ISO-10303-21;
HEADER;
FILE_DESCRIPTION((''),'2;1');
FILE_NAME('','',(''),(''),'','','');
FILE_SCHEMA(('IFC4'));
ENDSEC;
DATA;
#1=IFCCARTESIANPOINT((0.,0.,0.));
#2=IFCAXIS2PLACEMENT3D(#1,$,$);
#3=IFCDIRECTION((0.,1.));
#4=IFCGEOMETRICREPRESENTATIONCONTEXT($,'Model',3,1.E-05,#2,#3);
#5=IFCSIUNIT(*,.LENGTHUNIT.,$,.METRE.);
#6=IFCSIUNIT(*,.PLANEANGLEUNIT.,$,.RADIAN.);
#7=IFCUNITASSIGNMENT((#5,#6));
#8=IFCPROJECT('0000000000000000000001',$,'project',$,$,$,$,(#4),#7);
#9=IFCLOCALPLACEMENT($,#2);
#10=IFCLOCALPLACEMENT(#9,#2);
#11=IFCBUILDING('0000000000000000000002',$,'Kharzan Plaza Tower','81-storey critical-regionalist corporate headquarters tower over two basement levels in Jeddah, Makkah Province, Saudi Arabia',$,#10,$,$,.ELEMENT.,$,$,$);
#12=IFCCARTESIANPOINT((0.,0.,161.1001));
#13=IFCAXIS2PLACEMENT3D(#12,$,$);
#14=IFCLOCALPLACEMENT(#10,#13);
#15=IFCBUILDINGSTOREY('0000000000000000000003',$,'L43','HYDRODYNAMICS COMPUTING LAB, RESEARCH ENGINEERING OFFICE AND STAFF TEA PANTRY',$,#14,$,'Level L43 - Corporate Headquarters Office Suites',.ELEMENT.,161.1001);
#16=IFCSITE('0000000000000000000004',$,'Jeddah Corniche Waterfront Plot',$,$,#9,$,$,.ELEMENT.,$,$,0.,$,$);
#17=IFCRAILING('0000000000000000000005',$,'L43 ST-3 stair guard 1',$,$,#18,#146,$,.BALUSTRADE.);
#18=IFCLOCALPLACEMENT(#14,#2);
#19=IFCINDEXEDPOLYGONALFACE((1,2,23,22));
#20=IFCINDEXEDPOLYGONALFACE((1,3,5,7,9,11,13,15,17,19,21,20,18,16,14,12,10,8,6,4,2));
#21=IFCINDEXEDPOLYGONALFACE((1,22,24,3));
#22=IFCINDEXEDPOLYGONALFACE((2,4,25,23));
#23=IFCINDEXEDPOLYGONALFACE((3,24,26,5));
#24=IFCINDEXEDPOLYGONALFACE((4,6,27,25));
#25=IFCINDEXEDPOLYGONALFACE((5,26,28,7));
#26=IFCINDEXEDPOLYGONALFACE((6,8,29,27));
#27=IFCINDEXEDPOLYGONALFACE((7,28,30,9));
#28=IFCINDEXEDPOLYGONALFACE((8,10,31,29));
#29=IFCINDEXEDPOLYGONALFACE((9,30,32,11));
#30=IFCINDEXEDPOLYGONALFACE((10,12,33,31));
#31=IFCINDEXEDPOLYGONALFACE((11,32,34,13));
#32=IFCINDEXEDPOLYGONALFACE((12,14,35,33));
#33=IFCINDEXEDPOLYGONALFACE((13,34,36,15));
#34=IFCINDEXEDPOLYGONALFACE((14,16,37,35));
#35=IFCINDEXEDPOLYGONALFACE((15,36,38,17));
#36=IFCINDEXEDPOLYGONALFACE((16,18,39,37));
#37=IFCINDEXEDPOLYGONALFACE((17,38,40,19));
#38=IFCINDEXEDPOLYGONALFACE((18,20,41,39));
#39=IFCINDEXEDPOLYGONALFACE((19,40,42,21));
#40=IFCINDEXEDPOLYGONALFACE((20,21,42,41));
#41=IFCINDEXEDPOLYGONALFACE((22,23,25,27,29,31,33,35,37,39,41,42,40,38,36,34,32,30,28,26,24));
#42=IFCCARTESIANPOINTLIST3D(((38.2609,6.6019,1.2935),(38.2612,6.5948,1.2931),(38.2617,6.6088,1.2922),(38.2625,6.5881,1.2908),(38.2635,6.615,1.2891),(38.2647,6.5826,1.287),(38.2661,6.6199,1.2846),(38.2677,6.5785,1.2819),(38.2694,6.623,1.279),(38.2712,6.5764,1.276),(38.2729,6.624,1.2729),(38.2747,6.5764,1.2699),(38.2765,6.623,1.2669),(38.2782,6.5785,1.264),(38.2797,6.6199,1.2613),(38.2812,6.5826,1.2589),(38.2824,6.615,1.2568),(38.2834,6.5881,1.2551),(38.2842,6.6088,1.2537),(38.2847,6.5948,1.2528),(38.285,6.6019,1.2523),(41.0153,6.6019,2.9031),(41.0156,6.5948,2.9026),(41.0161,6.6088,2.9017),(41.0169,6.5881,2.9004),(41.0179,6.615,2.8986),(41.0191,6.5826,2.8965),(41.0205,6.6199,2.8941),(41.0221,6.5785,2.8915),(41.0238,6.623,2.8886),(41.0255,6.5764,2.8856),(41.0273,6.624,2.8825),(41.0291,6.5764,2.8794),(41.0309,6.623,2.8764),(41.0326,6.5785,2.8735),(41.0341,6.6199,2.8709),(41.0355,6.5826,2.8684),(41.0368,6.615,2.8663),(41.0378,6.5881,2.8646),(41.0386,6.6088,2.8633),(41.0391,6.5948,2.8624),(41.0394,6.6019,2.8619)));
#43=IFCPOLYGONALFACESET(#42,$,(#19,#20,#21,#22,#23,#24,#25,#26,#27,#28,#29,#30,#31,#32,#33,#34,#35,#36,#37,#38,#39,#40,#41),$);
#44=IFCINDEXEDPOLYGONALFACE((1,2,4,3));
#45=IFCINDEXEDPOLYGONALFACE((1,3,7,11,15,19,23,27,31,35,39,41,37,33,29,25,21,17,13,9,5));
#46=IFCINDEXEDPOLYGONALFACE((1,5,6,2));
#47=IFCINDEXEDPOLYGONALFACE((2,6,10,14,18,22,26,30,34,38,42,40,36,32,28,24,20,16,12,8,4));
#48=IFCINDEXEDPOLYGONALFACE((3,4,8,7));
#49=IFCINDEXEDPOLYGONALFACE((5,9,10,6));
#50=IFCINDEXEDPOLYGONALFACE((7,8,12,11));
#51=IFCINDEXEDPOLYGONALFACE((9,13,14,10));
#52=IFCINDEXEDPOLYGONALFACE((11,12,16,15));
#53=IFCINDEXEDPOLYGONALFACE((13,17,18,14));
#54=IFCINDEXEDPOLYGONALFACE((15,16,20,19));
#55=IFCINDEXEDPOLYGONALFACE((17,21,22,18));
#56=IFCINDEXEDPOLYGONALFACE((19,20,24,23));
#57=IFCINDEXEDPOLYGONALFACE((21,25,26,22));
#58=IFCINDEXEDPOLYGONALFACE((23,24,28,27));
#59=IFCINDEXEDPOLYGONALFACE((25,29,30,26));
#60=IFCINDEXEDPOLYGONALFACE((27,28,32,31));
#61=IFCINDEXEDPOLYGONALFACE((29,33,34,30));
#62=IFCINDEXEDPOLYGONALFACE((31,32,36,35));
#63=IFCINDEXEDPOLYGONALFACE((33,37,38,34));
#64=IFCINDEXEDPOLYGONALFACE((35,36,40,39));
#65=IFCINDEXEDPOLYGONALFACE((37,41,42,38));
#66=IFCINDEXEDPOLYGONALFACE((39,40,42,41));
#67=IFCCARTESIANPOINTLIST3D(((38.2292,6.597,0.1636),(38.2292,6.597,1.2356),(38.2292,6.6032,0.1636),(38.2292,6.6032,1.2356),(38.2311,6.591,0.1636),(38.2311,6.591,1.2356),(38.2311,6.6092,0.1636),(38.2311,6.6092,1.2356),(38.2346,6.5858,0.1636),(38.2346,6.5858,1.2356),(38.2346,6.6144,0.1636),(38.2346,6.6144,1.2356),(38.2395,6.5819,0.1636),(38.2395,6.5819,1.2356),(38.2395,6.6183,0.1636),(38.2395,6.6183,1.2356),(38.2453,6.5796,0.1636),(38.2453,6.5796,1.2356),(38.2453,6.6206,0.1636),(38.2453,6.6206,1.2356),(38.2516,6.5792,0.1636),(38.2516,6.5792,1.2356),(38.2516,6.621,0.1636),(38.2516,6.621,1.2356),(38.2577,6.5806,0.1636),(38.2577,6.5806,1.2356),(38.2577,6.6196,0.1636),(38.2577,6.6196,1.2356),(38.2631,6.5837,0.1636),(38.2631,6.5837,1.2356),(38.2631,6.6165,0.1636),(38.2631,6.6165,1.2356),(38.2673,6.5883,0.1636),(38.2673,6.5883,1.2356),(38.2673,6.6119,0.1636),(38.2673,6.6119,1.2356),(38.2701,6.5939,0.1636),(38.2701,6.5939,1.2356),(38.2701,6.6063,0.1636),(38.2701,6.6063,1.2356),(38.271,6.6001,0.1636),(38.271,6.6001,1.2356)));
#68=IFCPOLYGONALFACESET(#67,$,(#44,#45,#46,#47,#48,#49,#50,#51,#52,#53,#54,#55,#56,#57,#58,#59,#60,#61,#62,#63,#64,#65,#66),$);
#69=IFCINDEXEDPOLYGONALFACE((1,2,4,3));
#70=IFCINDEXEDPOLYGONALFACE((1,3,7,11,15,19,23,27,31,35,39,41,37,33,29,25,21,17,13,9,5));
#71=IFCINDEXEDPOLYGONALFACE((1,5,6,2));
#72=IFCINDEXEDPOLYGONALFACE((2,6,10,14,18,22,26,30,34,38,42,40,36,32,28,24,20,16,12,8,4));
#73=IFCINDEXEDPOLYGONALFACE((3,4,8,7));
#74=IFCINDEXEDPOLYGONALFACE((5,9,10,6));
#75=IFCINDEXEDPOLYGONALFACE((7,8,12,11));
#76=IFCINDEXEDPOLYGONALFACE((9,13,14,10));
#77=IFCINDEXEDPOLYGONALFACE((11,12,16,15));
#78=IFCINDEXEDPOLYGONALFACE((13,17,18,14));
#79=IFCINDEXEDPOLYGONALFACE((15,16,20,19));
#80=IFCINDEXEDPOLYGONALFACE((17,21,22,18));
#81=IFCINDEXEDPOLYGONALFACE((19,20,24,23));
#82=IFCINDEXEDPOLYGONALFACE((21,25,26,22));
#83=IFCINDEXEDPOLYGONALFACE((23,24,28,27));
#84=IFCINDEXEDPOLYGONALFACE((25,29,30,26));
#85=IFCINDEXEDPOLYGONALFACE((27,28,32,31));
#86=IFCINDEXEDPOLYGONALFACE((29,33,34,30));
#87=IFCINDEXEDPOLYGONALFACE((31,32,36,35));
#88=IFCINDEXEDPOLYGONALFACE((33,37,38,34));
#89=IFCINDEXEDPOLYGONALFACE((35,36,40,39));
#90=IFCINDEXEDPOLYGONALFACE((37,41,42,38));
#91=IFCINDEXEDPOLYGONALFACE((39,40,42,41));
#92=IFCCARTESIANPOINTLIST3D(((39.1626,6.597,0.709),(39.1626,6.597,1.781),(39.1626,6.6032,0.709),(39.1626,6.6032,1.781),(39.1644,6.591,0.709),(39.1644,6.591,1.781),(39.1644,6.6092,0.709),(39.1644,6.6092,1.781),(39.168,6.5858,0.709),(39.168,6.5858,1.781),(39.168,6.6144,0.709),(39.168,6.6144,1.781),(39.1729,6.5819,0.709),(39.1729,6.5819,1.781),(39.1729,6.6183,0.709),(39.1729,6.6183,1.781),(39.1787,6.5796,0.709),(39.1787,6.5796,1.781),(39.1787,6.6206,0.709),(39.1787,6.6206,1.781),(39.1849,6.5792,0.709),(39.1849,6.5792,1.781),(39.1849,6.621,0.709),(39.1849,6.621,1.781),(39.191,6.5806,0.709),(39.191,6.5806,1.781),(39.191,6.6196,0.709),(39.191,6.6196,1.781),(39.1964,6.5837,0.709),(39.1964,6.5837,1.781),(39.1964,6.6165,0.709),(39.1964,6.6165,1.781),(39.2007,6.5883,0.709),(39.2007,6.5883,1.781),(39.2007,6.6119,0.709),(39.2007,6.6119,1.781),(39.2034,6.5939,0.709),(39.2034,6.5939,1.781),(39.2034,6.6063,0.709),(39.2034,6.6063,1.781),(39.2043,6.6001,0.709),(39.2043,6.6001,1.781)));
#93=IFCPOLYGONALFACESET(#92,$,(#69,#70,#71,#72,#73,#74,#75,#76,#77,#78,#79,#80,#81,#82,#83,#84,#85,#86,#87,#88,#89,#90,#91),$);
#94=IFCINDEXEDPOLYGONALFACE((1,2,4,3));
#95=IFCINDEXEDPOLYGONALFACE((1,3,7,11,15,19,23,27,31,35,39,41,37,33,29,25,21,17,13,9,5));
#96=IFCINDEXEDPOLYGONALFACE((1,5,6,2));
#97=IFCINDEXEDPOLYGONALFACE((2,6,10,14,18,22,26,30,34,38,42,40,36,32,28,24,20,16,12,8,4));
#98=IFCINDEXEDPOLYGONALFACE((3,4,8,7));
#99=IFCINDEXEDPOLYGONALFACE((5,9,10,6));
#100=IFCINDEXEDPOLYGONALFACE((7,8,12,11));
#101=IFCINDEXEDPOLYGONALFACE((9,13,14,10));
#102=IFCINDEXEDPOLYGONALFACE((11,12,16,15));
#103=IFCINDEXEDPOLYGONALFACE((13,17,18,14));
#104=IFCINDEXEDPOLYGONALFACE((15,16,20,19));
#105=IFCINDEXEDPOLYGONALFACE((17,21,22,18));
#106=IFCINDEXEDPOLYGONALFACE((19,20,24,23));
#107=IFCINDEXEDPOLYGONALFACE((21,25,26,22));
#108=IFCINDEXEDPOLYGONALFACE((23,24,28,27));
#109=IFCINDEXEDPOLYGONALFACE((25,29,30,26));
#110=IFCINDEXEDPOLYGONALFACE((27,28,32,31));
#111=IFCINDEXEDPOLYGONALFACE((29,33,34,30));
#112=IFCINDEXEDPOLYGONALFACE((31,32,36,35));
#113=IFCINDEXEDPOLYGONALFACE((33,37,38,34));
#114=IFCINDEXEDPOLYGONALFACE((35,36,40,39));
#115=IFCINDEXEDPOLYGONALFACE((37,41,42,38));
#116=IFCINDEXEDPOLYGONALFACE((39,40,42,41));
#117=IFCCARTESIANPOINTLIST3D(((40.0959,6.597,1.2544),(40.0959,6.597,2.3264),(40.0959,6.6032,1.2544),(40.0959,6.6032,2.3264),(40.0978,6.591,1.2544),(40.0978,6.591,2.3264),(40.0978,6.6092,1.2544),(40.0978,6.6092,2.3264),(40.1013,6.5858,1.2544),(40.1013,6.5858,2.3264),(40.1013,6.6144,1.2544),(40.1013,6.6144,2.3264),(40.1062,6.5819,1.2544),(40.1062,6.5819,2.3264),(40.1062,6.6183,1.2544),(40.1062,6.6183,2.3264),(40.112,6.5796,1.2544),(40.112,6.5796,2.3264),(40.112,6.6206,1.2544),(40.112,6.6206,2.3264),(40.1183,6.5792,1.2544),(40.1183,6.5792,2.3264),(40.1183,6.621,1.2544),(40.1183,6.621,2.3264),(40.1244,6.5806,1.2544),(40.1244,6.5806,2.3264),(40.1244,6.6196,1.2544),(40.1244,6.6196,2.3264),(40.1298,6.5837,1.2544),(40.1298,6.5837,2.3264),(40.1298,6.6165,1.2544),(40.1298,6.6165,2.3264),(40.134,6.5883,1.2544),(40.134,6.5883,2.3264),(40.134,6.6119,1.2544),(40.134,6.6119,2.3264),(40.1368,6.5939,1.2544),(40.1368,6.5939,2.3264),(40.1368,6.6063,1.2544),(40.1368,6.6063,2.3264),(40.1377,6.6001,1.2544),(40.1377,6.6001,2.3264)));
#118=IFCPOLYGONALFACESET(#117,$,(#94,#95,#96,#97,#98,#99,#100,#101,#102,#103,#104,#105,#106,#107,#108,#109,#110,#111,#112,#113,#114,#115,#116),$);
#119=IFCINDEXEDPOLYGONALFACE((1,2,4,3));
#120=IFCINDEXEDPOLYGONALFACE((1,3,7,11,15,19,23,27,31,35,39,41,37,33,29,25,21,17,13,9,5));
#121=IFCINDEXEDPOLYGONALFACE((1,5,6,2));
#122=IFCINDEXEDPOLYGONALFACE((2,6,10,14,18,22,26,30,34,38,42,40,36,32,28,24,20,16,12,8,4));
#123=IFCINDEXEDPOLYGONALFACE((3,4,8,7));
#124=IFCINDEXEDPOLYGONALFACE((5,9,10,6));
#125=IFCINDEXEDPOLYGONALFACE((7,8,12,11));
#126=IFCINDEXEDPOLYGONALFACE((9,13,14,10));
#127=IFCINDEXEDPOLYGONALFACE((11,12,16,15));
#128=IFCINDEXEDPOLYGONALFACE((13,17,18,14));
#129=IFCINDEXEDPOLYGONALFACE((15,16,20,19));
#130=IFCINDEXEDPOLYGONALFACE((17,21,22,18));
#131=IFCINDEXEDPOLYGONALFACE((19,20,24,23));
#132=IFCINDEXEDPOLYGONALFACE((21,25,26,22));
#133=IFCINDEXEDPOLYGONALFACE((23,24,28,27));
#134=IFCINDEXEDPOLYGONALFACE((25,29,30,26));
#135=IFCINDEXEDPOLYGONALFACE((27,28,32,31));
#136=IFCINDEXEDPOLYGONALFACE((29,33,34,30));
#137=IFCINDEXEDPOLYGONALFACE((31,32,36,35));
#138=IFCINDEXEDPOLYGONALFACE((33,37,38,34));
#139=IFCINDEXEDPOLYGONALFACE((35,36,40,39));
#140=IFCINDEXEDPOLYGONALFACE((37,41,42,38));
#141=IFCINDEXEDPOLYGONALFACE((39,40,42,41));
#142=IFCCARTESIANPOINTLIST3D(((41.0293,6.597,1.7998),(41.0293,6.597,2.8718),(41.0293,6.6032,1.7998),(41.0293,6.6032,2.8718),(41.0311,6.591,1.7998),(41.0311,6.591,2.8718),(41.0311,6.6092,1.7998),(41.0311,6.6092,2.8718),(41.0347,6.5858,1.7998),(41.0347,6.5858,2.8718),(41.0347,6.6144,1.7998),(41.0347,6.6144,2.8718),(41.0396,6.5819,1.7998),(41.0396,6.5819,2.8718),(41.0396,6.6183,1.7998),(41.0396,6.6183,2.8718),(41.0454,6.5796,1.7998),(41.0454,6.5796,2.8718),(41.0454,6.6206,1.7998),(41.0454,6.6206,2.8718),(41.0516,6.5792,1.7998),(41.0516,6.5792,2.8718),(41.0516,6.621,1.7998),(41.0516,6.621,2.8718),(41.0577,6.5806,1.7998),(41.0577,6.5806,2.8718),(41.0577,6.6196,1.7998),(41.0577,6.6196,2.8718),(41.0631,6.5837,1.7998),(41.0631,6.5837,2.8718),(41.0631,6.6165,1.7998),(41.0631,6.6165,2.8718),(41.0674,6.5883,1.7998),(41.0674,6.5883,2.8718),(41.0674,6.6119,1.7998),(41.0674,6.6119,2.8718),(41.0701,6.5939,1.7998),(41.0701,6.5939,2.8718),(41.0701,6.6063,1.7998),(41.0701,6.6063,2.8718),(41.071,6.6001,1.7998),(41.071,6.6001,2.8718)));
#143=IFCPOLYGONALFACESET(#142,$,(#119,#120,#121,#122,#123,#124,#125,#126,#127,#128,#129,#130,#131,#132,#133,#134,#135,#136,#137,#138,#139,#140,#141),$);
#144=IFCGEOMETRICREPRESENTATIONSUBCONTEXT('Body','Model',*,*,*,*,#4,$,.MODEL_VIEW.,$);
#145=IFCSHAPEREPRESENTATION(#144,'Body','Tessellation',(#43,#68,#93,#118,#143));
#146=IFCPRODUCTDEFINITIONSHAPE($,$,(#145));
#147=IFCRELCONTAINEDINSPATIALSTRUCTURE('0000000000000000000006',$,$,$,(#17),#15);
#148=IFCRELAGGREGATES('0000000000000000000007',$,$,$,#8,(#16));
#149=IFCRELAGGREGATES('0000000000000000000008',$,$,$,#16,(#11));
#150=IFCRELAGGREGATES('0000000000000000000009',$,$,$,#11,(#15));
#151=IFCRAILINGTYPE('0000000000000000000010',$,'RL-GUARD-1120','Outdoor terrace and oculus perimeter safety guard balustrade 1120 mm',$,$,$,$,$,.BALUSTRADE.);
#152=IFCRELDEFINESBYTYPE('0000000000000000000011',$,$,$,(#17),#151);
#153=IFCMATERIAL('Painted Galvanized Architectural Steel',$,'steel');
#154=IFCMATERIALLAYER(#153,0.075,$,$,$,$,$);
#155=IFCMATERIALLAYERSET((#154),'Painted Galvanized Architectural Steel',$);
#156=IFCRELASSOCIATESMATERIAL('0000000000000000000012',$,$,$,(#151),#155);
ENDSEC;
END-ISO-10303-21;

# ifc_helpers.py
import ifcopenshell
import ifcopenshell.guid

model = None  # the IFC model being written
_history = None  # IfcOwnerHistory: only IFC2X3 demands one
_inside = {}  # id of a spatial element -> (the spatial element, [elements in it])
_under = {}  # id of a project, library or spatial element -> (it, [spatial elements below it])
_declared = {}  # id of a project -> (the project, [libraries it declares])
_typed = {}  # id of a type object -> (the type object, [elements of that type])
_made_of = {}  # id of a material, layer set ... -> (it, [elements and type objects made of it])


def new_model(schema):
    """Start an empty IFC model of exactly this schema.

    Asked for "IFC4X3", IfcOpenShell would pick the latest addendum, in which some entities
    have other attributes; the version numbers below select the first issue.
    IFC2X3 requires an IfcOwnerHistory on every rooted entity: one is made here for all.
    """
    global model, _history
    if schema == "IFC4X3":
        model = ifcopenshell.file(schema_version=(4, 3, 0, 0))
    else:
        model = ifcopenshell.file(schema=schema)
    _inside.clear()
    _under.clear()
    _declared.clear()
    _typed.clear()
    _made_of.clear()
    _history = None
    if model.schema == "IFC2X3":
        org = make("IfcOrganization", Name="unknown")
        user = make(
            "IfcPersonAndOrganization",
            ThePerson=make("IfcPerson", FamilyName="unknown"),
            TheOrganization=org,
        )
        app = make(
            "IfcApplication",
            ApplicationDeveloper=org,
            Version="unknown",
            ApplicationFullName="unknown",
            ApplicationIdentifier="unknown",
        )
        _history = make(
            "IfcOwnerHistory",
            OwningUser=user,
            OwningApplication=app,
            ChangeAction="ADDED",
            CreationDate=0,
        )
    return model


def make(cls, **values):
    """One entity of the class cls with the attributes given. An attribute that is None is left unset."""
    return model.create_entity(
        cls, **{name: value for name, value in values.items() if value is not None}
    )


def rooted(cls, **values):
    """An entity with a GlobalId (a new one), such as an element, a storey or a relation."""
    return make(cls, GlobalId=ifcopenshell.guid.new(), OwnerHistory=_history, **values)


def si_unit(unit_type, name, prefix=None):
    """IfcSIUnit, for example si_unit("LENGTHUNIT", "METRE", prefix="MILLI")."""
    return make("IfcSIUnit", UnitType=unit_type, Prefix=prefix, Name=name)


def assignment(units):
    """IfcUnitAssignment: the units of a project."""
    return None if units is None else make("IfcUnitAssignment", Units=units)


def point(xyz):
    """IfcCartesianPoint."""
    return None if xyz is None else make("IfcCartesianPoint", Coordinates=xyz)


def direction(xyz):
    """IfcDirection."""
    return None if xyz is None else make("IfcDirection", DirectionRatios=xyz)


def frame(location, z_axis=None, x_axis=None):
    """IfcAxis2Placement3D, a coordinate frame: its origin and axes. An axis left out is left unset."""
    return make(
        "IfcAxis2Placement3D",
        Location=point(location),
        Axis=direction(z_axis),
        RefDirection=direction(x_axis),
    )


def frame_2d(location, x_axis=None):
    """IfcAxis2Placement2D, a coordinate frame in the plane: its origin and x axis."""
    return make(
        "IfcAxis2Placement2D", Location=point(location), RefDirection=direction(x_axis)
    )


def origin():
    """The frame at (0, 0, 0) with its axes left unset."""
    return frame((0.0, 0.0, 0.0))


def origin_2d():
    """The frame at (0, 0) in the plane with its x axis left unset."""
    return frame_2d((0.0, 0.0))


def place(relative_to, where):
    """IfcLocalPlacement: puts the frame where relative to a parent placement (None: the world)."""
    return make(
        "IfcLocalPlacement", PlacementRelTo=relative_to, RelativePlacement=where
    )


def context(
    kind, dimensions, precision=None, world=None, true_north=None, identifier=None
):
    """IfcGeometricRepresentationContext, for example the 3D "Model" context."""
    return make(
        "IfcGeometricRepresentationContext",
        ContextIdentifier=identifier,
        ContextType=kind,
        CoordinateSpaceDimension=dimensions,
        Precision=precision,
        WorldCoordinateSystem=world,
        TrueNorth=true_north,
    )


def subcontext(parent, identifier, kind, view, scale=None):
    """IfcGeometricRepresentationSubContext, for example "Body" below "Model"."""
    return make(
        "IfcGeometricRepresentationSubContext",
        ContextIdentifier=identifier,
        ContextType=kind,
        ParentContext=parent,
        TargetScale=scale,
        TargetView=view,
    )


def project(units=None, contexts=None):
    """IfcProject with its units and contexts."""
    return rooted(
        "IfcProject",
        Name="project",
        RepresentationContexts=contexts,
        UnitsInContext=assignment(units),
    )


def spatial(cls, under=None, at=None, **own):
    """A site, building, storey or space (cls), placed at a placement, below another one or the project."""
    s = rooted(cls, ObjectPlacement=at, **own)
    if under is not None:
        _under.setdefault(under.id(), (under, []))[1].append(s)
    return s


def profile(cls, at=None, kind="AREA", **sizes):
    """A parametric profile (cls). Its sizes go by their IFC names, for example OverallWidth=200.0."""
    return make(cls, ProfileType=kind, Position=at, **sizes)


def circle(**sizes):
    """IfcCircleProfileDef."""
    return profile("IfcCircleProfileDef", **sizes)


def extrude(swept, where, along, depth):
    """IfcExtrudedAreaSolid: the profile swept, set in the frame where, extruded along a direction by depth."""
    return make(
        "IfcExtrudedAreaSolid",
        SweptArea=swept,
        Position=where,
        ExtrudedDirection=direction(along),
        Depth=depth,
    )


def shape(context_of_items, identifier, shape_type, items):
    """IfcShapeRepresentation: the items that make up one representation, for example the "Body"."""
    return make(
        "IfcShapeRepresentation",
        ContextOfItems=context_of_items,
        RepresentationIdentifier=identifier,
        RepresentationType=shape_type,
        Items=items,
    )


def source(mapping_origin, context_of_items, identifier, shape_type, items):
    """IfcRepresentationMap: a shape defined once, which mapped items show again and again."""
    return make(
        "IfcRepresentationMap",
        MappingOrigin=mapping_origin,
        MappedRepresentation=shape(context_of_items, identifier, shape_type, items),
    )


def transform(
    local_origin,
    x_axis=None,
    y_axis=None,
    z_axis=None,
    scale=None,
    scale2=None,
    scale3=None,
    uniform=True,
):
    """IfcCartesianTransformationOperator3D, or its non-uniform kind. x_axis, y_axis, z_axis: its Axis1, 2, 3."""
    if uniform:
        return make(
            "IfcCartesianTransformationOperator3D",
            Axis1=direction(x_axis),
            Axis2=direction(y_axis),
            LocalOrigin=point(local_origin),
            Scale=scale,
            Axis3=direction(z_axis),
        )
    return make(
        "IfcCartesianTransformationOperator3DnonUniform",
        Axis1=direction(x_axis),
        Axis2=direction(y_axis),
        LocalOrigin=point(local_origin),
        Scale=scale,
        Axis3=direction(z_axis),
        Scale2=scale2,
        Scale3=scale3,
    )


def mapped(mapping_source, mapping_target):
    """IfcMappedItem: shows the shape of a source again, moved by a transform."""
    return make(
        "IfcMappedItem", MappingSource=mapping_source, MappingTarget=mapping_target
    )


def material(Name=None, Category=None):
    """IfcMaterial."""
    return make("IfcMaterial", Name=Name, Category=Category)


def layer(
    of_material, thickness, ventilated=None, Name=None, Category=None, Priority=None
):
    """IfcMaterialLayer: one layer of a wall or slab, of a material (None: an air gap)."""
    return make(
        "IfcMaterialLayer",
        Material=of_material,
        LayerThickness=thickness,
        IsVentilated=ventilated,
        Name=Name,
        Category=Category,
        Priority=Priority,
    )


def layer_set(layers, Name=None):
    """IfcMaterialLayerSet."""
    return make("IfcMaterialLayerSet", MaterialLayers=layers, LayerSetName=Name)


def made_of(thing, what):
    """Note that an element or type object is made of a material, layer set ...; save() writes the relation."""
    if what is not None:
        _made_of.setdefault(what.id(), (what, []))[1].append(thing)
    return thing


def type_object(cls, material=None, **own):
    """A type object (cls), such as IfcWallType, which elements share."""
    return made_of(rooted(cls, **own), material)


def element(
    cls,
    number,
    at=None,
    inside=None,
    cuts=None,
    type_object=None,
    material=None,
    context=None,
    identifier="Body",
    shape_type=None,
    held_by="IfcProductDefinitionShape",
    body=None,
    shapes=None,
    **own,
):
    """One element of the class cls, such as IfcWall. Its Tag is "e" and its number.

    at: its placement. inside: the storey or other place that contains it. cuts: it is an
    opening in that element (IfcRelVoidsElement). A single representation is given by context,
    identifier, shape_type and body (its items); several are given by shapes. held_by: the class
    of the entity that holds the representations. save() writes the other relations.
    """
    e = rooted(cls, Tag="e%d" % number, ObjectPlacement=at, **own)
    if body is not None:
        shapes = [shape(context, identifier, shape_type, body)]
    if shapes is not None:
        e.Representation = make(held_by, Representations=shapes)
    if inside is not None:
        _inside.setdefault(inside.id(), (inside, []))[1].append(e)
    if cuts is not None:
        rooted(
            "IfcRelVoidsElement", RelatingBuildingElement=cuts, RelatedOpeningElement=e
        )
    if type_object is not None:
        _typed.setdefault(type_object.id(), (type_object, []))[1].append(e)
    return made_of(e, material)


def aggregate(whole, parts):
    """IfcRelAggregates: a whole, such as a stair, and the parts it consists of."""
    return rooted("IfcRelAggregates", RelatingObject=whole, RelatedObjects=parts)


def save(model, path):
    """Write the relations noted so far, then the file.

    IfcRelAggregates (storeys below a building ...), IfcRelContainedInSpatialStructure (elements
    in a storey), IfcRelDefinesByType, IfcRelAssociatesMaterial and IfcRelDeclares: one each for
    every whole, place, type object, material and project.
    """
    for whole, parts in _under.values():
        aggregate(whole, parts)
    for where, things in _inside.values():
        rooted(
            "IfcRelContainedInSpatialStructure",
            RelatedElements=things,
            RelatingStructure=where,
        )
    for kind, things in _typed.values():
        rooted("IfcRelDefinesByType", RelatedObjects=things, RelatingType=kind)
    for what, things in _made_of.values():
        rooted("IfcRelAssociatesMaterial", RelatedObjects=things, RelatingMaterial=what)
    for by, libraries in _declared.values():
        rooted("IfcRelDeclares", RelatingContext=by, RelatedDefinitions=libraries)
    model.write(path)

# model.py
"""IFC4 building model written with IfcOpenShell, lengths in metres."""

from ifc_helpers import new_model, si_unit, direction, frame, origin, origin_2d, place, context, subcontext, project, spatial, circle, extrude, source, transform, mapped, material, layer, layer_set, type_object, element, save


model = new_model("IFC4")

# Units and contexts
model_context = context("Model", 3, precision=1e-05, world=origin(), true_north=direction((0.0, 1.0)))
body_context = subcontext(model_context, "Body", "Model", "MODEL_VIEW")
ifc_project = project(units=[si_unit("LENGTHUNIT", "METRE"), si_unit("PLANEANGLEUNIT", "RADIAN")], contexts=[model_context])

# Site, building, storey
site_placement = place(None, origin())
site = spatial("IfcSite", under=ifc_project, at=site_placement, Name="Jeddah Corniche Waterfront Plot", CompositionType="ELEMENT", RefElevation=0.0)
building_placement = place(site_placement, origin())
building = spatial("IfcBuilding", under=site, at=building_placement, Name="Kharzan Plaza Tower", Description="81-storey critical-regionalist corporate headquarters tower over two basement levels in Jeddah, Makkah Province, Saudi Arabia", CompositionType="ELEMENT")
storey_placement = place(building_placement, frame((0.0, 0.0, 161.1001)))
storey = spatial("IfcBuildingStorey", under=building, at=storey_placement, Name="L43", Description="HYDRODYNAMICS COMPUTING LAB, RESEARCH ENGINEERING OFFICE AND STAFF TEA PANTRY", LongName="Level L43 - Corporate Headquarters Office Suites", CompositionType="ELEMENT", Elevation=161.1001)

# Railing
ifc_material_1 = material(Name="Painted Galvanized Architectural Steel", Category="steel")
ifc_layer_1 = layer(ifc_material_1, 0.075)
ifc_layer_set_1 = layer_set([ifc_layer_1], Name="Painted Galvanized Architectural Steel")
railing_type_1 = type_object("IfcRailingType", Name="RL-GUARD-1120", Description="Outdoor terrace and oculus perimeter safety guard balustrade 1120 mm", PredefinedType="BALUSTRADE", material=ifc_layer_set_1)
shared_shape_1 = source(origin(), body_context, "Body", "SweptSolid", [
    extrude(circle(Radius=0.0239, at=origin_2d()), frame((0.0229, 0.0, 1.1094), z_axis=(0.863394, 0.0, 0.504531), x_axis=(0.0, 1.0, 0.0)), (0.0, 0.0, 1.0), 3.1902),
    extrude(circle(Radius=0.021, at=origin_2d()), origin(), (0.0, 0.0, 1.0), 1.072),
    extrude(circle(Radius=0.021, at=origin_2d()), frame((0.9333, 0.0, 0.5454)), (0.0, 0.0, 1.0), 1.072),
    extrude(circle(Radius=0.021, at=origin_2d()), frame((1.8667, 0.0, 1.0908)), (0.0, 0.0, 1.0), 1.072),
    extrude(circle(Radius=0.021, at=origin_2d()), frame((2.8, 0.0, 1.6362)), (0.0, 0.0, 1.0), 1.072),
])
railing_1_placement = place(storey_placement, frame((38.25, 6.6001, 0.1636)))
element("IfcRailing", 1, at=railing_1_placement, inside=storey, type_object=railing_type_1, Name="L43 ST-3 stair guard 1", PredefinedType="BALUSTRADE", context=body_context, shape_type="MappedRepresentation", body=[
    mapped(shared_shape_1, transform((0.0, 0.0, 0.0), x_axis=(1.0, 0.0, 0.0), y_axis=(0.0, 1.0, 0.0), z_axis=(0.0, 0.0, 1.0))),
])

save(model, "model.ifc")
